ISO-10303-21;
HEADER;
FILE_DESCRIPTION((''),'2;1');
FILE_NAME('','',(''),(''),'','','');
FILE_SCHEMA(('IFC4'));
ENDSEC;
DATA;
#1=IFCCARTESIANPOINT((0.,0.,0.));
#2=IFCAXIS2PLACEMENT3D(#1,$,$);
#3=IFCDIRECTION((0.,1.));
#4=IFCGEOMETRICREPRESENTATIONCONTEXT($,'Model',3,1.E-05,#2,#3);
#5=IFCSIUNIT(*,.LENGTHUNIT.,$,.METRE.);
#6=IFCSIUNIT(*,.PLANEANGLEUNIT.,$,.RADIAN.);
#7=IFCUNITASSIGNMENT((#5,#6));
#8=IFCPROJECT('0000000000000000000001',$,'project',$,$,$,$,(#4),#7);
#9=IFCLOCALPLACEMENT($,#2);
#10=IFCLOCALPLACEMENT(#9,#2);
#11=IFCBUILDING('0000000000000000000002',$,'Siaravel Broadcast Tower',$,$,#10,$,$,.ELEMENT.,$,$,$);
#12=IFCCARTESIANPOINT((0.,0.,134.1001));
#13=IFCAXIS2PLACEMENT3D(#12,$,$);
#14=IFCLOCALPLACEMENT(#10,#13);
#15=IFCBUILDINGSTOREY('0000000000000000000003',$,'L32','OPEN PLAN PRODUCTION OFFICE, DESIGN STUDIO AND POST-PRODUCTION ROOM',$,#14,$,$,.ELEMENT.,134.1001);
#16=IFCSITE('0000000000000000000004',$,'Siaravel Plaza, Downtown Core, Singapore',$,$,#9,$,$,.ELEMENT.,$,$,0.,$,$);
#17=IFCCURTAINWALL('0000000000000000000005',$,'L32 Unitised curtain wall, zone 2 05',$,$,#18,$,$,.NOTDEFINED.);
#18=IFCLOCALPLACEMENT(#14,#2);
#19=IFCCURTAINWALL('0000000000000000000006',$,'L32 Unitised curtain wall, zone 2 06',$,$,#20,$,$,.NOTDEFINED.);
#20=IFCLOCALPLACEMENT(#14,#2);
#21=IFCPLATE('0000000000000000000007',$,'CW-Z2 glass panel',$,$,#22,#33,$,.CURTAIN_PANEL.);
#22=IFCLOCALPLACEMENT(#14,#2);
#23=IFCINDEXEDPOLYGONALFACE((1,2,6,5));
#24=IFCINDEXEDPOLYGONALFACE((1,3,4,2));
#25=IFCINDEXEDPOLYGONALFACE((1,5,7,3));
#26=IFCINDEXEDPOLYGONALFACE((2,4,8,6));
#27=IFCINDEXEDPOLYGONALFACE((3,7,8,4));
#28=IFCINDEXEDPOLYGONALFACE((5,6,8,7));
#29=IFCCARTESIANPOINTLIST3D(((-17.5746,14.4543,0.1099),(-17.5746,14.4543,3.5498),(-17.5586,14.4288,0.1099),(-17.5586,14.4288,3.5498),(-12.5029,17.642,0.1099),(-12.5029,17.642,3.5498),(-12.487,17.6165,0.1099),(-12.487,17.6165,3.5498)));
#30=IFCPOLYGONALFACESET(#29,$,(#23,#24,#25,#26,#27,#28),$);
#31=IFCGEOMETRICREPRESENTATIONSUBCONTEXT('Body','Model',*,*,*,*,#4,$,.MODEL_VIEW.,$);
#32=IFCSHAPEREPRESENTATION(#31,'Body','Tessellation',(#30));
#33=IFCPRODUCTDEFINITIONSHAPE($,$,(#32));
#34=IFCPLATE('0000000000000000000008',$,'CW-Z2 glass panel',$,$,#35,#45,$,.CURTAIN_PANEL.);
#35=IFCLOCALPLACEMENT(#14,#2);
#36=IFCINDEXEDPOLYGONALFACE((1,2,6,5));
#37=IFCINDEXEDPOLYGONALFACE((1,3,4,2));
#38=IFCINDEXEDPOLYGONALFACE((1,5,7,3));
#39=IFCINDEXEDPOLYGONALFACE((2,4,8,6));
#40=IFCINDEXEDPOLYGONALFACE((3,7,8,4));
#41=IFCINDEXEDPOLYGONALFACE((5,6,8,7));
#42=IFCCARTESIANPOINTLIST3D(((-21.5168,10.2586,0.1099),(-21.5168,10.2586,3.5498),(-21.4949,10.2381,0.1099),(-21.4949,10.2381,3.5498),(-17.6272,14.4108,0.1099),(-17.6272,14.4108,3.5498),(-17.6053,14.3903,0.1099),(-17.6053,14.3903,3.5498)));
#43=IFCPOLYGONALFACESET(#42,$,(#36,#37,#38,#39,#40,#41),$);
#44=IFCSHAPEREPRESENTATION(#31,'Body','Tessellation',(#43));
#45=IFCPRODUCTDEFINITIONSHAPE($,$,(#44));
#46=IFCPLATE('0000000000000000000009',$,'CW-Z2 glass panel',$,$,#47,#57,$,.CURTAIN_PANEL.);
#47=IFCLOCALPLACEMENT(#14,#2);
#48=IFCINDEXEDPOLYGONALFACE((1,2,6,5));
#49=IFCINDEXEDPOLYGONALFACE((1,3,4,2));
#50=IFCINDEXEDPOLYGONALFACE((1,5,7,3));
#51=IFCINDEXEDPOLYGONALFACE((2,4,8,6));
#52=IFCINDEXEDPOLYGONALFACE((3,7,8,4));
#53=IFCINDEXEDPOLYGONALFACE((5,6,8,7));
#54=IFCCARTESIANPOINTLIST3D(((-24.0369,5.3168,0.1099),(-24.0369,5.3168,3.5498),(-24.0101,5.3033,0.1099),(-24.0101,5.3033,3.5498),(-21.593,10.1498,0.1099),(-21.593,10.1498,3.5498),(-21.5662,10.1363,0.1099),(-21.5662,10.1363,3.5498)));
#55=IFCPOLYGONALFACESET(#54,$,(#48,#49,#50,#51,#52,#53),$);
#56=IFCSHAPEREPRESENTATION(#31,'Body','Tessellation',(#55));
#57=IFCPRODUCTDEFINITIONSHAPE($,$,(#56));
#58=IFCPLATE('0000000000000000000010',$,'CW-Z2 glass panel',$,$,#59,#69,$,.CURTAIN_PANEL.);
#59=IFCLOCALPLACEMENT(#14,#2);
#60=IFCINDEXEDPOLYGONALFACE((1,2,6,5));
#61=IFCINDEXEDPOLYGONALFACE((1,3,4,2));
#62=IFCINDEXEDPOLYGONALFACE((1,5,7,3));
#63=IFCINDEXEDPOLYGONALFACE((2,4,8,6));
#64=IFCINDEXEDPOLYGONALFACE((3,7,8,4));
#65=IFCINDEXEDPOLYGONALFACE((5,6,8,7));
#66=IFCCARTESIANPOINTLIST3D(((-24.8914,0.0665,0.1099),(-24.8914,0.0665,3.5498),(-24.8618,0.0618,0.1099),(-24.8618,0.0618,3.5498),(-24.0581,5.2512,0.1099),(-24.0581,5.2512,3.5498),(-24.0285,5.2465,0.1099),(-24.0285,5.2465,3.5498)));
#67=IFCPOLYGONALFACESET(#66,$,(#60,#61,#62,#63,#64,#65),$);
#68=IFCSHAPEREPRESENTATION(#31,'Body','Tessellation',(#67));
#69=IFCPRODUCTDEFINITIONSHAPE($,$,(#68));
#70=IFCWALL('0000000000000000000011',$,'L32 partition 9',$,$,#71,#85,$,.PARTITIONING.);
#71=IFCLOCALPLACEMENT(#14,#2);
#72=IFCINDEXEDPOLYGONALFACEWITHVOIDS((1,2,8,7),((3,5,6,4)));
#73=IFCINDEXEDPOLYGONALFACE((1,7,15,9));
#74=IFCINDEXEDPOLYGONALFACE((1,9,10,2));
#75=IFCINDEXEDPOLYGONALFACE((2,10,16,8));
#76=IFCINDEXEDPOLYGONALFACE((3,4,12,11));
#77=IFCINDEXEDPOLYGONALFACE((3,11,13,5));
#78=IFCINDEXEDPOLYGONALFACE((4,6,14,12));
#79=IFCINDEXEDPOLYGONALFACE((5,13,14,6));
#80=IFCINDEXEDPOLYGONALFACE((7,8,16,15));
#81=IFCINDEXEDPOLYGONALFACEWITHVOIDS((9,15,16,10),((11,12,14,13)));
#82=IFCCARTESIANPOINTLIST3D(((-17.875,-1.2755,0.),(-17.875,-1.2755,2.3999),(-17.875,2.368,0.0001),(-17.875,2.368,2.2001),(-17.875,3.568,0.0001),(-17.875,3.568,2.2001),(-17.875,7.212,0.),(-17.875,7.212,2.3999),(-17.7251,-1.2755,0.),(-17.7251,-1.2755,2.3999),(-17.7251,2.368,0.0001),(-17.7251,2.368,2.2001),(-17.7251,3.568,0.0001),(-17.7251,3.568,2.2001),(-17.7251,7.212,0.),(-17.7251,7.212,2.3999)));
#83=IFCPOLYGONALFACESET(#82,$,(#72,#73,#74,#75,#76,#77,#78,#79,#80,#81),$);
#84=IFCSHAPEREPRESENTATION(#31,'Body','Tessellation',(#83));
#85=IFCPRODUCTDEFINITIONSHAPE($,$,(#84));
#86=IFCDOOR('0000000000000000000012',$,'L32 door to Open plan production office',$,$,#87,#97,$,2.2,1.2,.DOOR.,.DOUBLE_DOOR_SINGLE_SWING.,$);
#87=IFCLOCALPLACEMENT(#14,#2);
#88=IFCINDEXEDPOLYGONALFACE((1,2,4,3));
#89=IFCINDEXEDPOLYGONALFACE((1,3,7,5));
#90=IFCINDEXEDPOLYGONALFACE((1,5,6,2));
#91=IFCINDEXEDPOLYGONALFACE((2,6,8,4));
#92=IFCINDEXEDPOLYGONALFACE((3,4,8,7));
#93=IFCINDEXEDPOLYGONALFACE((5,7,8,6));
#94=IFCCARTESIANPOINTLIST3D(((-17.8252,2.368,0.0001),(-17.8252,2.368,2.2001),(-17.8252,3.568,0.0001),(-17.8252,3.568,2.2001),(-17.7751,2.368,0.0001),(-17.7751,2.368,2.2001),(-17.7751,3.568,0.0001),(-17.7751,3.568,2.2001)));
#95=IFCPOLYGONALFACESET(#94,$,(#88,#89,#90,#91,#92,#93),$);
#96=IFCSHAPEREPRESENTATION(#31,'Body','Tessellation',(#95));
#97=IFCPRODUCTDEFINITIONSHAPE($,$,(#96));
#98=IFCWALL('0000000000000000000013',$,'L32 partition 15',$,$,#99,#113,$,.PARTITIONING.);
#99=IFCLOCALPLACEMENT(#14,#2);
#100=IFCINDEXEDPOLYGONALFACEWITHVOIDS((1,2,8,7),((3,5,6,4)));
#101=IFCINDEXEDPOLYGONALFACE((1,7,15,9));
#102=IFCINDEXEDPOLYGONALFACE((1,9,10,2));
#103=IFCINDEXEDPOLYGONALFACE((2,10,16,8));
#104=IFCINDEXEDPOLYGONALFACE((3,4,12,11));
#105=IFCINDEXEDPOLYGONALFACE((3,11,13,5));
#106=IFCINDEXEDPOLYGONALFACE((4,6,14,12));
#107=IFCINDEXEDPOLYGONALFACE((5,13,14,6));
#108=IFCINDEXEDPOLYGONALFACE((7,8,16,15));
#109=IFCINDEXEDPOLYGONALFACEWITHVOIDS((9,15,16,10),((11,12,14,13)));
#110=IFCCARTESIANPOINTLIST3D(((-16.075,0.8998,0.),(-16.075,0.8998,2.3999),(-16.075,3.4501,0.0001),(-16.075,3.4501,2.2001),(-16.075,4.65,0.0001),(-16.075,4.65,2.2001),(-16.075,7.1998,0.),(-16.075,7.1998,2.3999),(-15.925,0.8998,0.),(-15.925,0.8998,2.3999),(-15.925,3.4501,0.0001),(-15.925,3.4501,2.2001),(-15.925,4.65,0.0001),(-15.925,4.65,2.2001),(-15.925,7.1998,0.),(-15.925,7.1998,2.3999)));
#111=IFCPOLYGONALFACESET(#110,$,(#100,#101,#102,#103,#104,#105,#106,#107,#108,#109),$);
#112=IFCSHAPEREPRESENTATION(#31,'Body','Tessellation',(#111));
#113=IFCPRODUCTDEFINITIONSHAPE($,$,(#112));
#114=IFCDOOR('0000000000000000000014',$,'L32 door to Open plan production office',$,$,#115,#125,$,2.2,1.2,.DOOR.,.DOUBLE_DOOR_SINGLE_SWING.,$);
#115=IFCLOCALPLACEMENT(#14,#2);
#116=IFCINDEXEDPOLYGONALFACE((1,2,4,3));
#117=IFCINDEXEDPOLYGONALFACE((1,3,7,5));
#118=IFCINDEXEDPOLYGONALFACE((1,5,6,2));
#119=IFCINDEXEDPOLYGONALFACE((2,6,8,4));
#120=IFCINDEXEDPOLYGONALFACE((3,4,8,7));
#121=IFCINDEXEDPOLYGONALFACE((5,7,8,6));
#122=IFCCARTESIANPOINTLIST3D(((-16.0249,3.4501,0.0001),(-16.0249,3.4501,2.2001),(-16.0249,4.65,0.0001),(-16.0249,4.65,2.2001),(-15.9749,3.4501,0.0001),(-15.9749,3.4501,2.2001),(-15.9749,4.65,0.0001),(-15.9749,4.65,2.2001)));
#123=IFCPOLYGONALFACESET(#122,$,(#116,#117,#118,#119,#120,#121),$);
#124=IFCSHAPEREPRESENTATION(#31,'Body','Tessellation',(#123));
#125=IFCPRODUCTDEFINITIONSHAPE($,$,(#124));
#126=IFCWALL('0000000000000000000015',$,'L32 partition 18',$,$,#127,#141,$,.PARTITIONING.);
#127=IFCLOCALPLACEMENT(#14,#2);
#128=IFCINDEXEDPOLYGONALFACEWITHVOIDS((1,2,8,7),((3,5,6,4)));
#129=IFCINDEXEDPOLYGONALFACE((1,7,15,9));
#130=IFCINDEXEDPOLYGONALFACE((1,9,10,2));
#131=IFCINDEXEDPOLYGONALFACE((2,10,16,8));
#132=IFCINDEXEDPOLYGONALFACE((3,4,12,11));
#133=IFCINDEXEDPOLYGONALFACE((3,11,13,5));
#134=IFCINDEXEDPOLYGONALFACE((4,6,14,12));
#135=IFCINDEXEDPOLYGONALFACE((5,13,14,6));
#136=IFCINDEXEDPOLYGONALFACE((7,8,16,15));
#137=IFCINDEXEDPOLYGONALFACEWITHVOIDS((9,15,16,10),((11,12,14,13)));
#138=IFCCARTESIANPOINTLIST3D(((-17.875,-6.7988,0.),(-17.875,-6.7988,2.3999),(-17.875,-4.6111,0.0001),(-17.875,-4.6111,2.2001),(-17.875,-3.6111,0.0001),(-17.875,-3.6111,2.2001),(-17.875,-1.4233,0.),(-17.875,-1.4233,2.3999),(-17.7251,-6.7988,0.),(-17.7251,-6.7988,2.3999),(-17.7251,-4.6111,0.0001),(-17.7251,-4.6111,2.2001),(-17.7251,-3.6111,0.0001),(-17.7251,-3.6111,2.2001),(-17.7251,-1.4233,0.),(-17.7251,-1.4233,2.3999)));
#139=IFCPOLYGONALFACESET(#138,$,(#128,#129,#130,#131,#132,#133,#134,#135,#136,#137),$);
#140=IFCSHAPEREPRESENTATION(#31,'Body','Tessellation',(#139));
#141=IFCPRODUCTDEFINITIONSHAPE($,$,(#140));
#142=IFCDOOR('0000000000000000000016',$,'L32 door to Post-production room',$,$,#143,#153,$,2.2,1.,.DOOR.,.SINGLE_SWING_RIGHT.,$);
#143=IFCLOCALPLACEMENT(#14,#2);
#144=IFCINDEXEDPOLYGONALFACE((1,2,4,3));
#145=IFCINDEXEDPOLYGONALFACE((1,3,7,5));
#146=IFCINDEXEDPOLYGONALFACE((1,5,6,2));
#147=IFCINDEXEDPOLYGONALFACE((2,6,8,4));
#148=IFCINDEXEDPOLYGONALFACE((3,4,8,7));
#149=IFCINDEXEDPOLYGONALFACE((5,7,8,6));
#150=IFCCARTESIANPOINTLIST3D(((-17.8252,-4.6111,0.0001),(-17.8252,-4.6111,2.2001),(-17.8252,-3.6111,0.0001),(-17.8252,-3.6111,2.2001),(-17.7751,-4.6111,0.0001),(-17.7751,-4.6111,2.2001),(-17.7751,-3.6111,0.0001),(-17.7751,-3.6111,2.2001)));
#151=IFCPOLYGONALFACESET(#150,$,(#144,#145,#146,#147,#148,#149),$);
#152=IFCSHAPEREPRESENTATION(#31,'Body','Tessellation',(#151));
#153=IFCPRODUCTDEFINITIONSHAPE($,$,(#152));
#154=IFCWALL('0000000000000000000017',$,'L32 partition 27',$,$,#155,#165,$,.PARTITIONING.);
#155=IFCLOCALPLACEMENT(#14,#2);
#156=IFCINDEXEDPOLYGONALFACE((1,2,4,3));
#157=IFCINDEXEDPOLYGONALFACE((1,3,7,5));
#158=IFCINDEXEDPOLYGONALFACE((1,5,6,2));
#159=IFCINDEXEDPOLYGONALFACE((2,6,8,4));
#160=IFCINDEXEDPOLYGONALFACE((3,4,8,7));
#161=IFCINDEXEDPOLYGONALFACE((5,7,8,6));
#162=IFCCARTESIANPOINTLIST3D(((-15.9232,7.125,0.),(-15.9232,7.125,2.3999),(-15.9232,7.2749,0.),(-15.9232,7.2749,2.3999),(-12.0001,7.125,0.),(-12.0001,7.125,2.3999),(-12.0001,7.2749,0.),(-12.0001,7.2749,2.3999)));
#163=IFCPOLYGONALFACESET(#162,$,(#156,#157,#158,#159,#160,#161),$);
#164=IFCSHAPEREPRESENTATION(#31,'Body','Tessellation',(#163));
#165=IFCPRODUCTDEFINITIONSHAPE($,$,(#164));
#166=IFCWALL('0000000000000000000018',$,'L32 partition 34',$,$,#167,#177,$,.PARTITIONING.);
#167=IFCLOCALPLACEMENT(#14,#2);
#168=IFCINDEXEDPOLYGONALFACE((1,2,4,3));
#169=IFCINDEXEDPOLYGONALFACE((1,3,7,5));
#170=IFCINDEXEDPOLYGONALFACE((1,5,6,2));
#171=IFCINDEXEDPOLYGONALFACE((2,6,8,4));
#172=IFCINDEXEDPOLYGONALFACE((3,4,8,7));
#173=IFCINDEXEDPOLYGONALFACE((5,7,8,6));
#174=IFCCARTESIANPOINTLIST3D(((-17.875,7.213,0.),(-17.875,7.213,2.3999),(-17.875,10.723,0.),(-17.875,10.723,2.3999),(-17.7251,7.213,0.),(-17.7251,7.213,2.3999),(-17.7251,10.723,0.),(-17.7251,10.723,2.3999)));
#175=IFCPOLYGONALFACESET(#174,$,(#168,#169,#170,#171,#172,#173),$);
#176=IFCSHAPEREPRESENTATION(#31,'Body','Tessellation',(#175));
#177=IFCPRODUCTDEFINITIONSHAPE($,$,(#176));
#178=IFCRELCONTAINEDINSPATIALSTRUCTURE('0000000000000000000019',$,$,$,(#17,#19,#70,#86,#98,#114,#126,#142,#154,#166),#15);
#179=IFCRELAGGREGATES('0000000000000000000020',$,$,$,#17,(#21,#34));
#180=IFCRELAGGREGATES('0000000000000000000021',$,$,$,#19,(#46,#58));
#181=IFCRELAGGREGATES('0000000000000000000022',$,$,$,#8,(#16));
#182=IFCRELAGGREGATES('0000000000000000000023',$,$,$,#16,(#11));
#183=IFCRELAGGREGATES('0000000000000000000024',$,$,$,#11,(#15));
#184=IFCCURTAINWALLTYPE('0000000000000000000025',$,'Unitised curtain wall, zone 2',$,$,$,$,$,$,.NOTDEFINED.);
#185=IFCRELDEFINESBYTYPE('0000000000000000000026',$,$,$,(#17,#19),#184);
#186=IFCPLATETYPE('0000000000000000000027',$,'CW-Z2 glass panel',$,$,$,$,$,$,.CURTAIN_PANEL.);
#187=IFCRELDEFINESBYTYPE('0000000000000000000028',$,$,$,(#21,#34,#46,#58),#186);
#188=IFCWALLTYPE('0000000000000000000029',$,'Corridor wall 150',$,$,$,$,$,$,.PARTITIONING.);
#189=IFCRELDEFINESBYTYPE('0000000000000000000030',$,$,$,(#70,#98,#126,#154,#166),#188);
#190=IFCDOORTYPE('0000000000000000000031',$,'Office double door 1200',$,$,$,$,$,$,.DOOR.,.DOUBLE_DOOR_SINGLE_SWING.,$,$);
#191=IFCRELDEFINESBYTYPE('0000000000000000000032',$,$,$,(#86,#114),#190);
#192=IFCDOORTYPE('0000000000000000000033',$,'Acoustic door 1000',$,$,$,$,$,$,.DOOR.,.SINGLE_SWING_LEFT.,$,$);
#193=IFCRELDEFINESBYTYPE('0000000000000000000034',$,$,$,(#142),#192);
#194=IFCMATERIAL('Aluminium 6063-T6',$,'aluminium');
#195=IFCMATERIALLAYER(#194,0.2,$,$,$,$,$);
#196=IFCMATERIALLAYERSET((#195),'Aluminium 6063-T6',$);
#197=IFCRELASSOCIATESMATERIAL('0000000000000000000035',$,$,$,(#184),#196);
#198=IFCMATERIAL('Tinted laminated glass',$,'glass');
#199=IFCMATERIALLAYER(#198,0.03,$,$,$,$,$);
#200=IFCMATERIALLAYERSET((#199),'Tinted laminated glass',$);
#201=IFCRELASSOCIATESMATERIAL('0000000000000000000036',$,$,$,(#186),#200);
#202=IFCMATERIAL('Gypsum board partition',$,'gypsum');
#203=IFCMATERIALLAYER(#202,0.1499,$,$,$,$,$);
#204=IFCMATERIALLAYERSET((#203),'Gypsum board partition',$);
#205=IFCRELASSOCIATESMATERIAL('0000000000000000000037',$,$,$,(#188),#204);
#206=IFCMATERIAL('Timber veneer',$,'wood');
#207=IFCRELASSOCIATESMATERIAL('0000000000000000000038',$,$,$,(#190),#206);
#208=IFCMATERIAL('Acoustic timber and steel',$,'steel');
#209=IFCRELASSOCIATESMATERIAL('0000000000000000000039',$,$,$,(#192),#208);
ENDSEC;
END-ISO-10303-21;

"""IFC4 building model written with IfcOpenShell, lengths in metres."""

from ifc_helpers import new_model, si_unit, direction, frame, frame_2d, origin, origin_2d, place, context, subcontext, project, spatial, rectangle, extrude, material, layer, layer_set, type_object, element, fill, aggregate, save


model = new_model("IFC4")

# Units and contexts
model_context = context("Model", 3, precision=1e-05, world=origin(), true_north=direction((0.0, 1.0)))
body_context = subcontext(model_context, "Body", "Model", "MODEL_VIEW")
ifc_project = project(units=[si_unit("LENGTHUNIT", "METRE"), si_unit("PLANEANGLEUNIT", "RADIAN")], contexts=[model_context])

# Site, building, storey
site_placement = place(None, origin())
site = spatial("IfcSite", under=ifc_project, at=site_placement, Name="Siaravel Plaza, Downtown Core, Singapore", CompositionType="ELEMENT", RefElevation=0.0)
building_placement = place(site_placement, origin())
building = spatial("IfcBuilding", under=site, at=building_placement, Name="Siaravel Broadcast Tower", CompositionType="ELEMENT")
storey_placement = place(building_placement, frame((0.0, 0.0, 134.1001)))
storey = spatial("IfcBuildingStorey", under=building, at=storey_placement, Name="L32", Description="OPEN PLAN PRODUCTION OFFICE, DESIGN STUDIO AND POST-PRODUCTION ROOM", CompositionType="ELEMENT", Elevation=134.1001)

# Curtain walls
ifc_material_1 = material(Name="Aluminium 6063-T6", Category="aluminium")
ifc_layer_1 = layer(ifc_material_1, 0.2)
ifc_layer_set_1 = layer_set([ifc_layer_1], Name="Aluminium 6063-T6")
curtain_wall_type = type_object("IfcCurtainWallType", Name="Unitised curtain wall, zone 2", PredefinedType="NOTDEFINED", material=ifc_layer_set_1)
curtain_wall_1_placement = place(storey_placement, origin())
curtain_wall_1 = element("IfcCurtainWall", 1, at=curtain_wall_1_placement, inside=storey, type_object=curtain_wall_type, Name="L32 Unitised curtain wall, zone 2 05", PredefinedType="NOTDEFINED")
curtain_wall_2_placement = place(storey_placement, origin())
curtain_wall_2 = element("IfcCurtainWall", 2, at=curtain_wall_2_placement, inside=storey, type_object=curtain_wall_type, Name="L32 Unitised curtain wall, zone 2 06", PredefinedType="NOTDEFINED")

# Plates
ifc_material_2 = material(Name="Tinted laminated glass", Category="glass")
ifc_layer_2 = layer(ifc_material_2, 0.03)
ifc_layer_set_2 = layer_set([ifc_layer_2], Name="Tinted laminated glass")
plate_type = type_object("IfcPlateType", Name="CW-Z2 glass panel", PredefinedType="CURTAIN_PANEL", material=ifc_layer_set_2)
plate_1_placement = place(storey_placement, frame((-15.0308, 16.0354, 0.1099), z_axis=(0.0, 0.0, 1.0), x_axis=(-0.846649, -0.532151, 0.0)))
plate_1 = element("IfcPlate", 3, at=plate_1_placement, type_object=plate_type, Name="CW-Z2 glass panel", PredefinedType="CURTAIN_PANEL", context=body_context, shape_type="SweptSolid", body=[
    extrude(rectangle(XDim=5.9902, YDim=0.03, at=origin_2d()), origin(), (0.0, 0.0, 1.0), 3.4399),
])
plate_2_placement = place(storey_placement, frame((-19.561, 12.3245, 0.1099), z_axis=(0.0, 0.0, 1.0), x_axis=(-0.683653, -0.729807, 0.0)))
plate_2 = element("IfcPlate", 4, at=plate_2_placement, type_object=plate_type, Name="CW-Z2 glass panel", PredefinedType="CURTAIN_PANEL", context=body_context, shape_type="SweptSolid", body=[
    extrude(rectangle(XDim=5.6895, YDim=0.03, at=origin_2d()), origin(), (0.0, 0.0, 1.0), 3.4399),
])
aggregate(curtain_wall_1, [plate_1, plate_2])
plate_3_placement = place(storey_placement, frame((-22.8015, 7.7266, 0.1099), z_axis=(0.0, 0.0, 1.0), x_axis=(-0.451259, -0.892393, 0.0)))
plate_3 = element("IfcPlate", 5, at=plate_3_placement, type_object=plate_type, Name="CW-Z2 glass panel", PredefinedType="CURTAIN_PANEL", context=body_context, shape_type="SweptSolid", body=[
    extrude(rectangle(XDim=5.4158, YDim=0.03, at=origin_2d()), origin(), (0.0, 0.0, 1.0), 3.4399),
])
plate_4_placement = place(storey_placement, frame((-24.46, 2.6565, 0.1099), z_axis=(0.0, 0.0, 1.0), x_axis=(-0.158685, -0.987329, 0.0)))
plate_4 = element("IfcPlate", 6, at=plate_4_placement, type_object=plate_type, Name="CW-Z2 glass panel", PredefinedType="CURTAIN_PANEL", context=body_context, shape_type="SweptSolid", body=[
    extrude(rectangle(XDim=5.2512, YDim=0.03, at=origin_2d()), origin(), (0.0, 0.0, 1.0), 3.4399),
])
aggregate(curtain_wall_2, [plate_3, plate_4])

# Walls, openings, doors
ifc_material_3 = material(Name="Gypsum board partition", Category="gypsum")
ifc_layer_3 = layer(ifc_material_3, 0.1499)
ifc_layer_set_3 = layer_set([ifc_layer_3], Name="Gypsum board partition")
wall_type_1 = type_object("IfcWallType", Name="Corridor wall 150", PredefinedType="PARTITIONING", material=ifc_layer_set_3)
wall_1_placement = place(storey_placement, frame((-17.8, 7.2119, 0.0), z_axis=(0.0, 0.0, 1.0), x_axis=(0.0, -1.0, 0.0)))
wall_1 = element("IfcWall", 7, at=wall_1_placement, inside=storey, type_object=wall_type_1, Name="L32 partition 9", PredefinedType="PARTITIONING", context=body_context, shape_type="SweptSolid", body=[
    extrude(rectangle(XDim=8.4875, YDim=0.1499, at=frame_2d((4.2437, 0.0))), origin(), (0.0, 0.0, 1.0), 2.3999),
])
opening_1_placement = place(wall_1_placement, frame((3.6438, 0.0, 0.0)))
opening_1 = element("IfcOpeningElement", 8, at=opening_1_placement, cuts=wall_1, PredefinedType="OPENING", context=body_context, shape_type="SweptSolid", body=[
    extrude(rectangle(XDim=1.2, YDim=2.2, at=frame_2d((0.6001, 1.1001))), frame((0.0, 0.085, 0.0), z_axis=(0.0, -1.0, 0.0), x_axis=(1.0, 0.0, 0.0)), (0.0, 0.0, 1.0), 0.1699),
])
ifc_material_4 = material(Name="Timber veneer", Category="wood")
door_type_1 = type_object("IfcDoorType", Name="Office double door 1200", OperationType="DOUBLE_DOOR_SINGLE_SWING", PredefinedType="DOOR", material=ifc_material_4)
door_1_placement = place(opening_1_placement, origin())
door_1 = element("IfcDoor", 9, at=door_1_placement, inside=storey, type_object=door_type_1, Name="L32 door to Open plan production office", OperationType="DOUBLE_DOOR_SINGLE_SWING", OverallHeight=2.2, OverallWidth=1.2, PredefinedType="DOOR", context=body_context, shape_type="SweptSolid", body=[
    extrude(rectangle(XDim=1.2, YDim=2.2, at=frame_2d((0.6001, 1.1001))), frame((0.0, 0.0249, 0.0), z_axis=(0.0, -1.0, 0.0), x_axis=(1.0, 0.0, 0.0)), (0.0, 0.0, 1.0), 0.05),
])
fill(opening_1, door_1)
wall_2_placement = place(storey_placement, frame((-16.0, 0.8999, 0.0), z_axis=(0.0, 0.0, 1.0), x_axis=(0.0, 1.0, 0.0)))
wall_2 = element("IfcWall", 10, at=wall_2_placement, inside=storey, type_object=wall_type_1, Name="L32 partition 15", PredefinedType="PARTITIONING", context=body_context, shape_type="SweptSolid", body=[
    extrude(rectangle(XDim=6.3, YDim=0.1499, at=frame_2d((3.1499, 0.0))), origin(), (0.0, 0.0, 1.0), 2.3999),
])
opening_2_placement = place(wall_2_placement, frame((2.55, 0.0, 0.0)))
opening_2 = element("IfcOpeningElement", 11, at=opening_2_placement, cuts=wall_2, PredefinedType="OPENING", context=body_context, shape_type="SweptSolid", body=[
    extrude(rectangle(XDim=1.2, YDim=2.2, at=frame_2d((0.6001, 1.1001))), frame((0.0, 0.085, 0.0), z_axis=(0.0, -1.0, 0.0), x_axis=(1.0, 0.0, 0.0)), (0.0, 0.0, 1.0), 0.1699),
])
door_2_placement = place(opening_2_placement, origin())
door_2 = element("IfcDoor", 12, at=door_2_placement, inside=storey, type_object=door_type_1, Name="L32 door to Open plan production office", OperationType="DOUBLE_DOOR_SINGLE_SWING", OverallHeight=2.2, OverallWidth=1.2, PredefinedType="DOOR", context=body_context, shape_type="SweptSolid", body=[
    extrude(rectangle(XDim=1.2, YDim=2.2, at=frame_2d((0.6001, 1.1001))), frame((0.0, 0.0249, 0.0), z_axis=(0.0, -1.0, 0.0), x_axis=(1.0, 0.0, 0.0)), (0.0, 0.0, 1.0), 0.05),
])
fill(opening_2, door_2)
wall_3_placement = place(storey_placement, frame((-17.8, -1.4233, 0.0), z_axis=(0.0, 0.0, 1.0), x_axis=(0.0, -1.0, 0.0)))
wall_3 = element("IfcWall", 13, at=wall_3_placement, inside=storey, type_object=wall_type_1, Name="L32 partition 18", PredefinedType="PARTITIONING", context=body_context, shape_type="SweptSolid", body=[
    extrude(rectangle(XDim=5.3755, YDim=0.1499, at=frame_2d((2.6877, 0.0))), origin(), (0.0, 0.0, 1.0), 2.3999),
])
opening_3_placement = place(wall_3_placement, frame((2.1877, 0.0, 0.0)))
opening_3 = element("IfcOpeningElement", 14, at=opening_3_placement, cuts=wall_3, PredefinedType="OPENING", context=body_context, shape_type="SweptSolid", body=[
    extrude(rectangle(XDim=1.0, YDim=2.2, at=frame_2d((0.5, 1.1001))), frame((0.0, 0.085, 0.0), z_axis=(0.0, -1.0, 0.0), x_axis=(1.0, 0.0, 0.0)), (0.0, 0.0, 1.0), 0.1699),
])
ifc_material_5 = material(Name="Acoustic timber and steel", Category="steel")
door_type_2 = type_object("IfcDoorType", Name="Acoustic door 1000", OperationType="SINGLE_SWING_LEFT", PredefinedType="DOOR", material=ifc_material_5)
door_3_placement = place(opening_3_placement, origin())
door_3 = element("IfcDoor", 15, at=door_3_placement, inside=storey, type_object=door_type_2, Name="L32 door to Post-production room", OperationType="SINGLE_SWING_RIGHT", OverallHeight=2.2, OverallWidth=1.0, PredefinedType="DOOR", context=body_context, shape_type="SweptSolid", body=[
    extrude(rectangle(XDim=1.0, YDim=2.2, at=frame_2d((0.5, 1.1001))), frame((0.0, 0.0249, 0.0), z_axis=(0.0, -1.0, 0.0), x_axis=(1.0, 0.0, 0.0)), (0.0, 0.0, 1.0), 0.05),
])
fill(opening_3, door_3)

# Walls
wall_4_placement = place(storey_placement, frame((-15.9231, 7.2, 0.0), z_axis=(0.0, 0.0, 1.0), x_axis=(1.0, 0.0, 0.0)))
element("IfcWall", 16, at=wall_4_placement, inside=storey, type_object=wall_type_1, Name="L32 partition 27", PredefinedType="PARTITIONING", context=body_context, shape_type="SweptSolid", body=[
    extrude(rectangle(XDim=3.9231, YDim=0.1499, at=frame_2d((1.9614, 0.0))), origin(), (0.0, 0.0, 1.0), 2.3999),
])
wall_5_placement = place(storey_placement, frame((-17.8, 10.7229, 0.0), z_axis=(0.0, 0.0, 1.0), x_axis=(0.0, -1.0, 0.0)))
element("IfcWall", 17, at=wall_5_placement, inside=storey, type_object=wall_type_1, Name="L32 partition 34", PredefinedType="PARTITIONING", context=body_context, shape_type="SweptSolid", body=[
    extrude(rectangle(XDim=3.51, YDim=0.1499, at=frame_2d((1.7549, 0.0))), origin(), (0.0, 0.0, 1.0), 2.3999),
])

save(model, "model.ifc")
